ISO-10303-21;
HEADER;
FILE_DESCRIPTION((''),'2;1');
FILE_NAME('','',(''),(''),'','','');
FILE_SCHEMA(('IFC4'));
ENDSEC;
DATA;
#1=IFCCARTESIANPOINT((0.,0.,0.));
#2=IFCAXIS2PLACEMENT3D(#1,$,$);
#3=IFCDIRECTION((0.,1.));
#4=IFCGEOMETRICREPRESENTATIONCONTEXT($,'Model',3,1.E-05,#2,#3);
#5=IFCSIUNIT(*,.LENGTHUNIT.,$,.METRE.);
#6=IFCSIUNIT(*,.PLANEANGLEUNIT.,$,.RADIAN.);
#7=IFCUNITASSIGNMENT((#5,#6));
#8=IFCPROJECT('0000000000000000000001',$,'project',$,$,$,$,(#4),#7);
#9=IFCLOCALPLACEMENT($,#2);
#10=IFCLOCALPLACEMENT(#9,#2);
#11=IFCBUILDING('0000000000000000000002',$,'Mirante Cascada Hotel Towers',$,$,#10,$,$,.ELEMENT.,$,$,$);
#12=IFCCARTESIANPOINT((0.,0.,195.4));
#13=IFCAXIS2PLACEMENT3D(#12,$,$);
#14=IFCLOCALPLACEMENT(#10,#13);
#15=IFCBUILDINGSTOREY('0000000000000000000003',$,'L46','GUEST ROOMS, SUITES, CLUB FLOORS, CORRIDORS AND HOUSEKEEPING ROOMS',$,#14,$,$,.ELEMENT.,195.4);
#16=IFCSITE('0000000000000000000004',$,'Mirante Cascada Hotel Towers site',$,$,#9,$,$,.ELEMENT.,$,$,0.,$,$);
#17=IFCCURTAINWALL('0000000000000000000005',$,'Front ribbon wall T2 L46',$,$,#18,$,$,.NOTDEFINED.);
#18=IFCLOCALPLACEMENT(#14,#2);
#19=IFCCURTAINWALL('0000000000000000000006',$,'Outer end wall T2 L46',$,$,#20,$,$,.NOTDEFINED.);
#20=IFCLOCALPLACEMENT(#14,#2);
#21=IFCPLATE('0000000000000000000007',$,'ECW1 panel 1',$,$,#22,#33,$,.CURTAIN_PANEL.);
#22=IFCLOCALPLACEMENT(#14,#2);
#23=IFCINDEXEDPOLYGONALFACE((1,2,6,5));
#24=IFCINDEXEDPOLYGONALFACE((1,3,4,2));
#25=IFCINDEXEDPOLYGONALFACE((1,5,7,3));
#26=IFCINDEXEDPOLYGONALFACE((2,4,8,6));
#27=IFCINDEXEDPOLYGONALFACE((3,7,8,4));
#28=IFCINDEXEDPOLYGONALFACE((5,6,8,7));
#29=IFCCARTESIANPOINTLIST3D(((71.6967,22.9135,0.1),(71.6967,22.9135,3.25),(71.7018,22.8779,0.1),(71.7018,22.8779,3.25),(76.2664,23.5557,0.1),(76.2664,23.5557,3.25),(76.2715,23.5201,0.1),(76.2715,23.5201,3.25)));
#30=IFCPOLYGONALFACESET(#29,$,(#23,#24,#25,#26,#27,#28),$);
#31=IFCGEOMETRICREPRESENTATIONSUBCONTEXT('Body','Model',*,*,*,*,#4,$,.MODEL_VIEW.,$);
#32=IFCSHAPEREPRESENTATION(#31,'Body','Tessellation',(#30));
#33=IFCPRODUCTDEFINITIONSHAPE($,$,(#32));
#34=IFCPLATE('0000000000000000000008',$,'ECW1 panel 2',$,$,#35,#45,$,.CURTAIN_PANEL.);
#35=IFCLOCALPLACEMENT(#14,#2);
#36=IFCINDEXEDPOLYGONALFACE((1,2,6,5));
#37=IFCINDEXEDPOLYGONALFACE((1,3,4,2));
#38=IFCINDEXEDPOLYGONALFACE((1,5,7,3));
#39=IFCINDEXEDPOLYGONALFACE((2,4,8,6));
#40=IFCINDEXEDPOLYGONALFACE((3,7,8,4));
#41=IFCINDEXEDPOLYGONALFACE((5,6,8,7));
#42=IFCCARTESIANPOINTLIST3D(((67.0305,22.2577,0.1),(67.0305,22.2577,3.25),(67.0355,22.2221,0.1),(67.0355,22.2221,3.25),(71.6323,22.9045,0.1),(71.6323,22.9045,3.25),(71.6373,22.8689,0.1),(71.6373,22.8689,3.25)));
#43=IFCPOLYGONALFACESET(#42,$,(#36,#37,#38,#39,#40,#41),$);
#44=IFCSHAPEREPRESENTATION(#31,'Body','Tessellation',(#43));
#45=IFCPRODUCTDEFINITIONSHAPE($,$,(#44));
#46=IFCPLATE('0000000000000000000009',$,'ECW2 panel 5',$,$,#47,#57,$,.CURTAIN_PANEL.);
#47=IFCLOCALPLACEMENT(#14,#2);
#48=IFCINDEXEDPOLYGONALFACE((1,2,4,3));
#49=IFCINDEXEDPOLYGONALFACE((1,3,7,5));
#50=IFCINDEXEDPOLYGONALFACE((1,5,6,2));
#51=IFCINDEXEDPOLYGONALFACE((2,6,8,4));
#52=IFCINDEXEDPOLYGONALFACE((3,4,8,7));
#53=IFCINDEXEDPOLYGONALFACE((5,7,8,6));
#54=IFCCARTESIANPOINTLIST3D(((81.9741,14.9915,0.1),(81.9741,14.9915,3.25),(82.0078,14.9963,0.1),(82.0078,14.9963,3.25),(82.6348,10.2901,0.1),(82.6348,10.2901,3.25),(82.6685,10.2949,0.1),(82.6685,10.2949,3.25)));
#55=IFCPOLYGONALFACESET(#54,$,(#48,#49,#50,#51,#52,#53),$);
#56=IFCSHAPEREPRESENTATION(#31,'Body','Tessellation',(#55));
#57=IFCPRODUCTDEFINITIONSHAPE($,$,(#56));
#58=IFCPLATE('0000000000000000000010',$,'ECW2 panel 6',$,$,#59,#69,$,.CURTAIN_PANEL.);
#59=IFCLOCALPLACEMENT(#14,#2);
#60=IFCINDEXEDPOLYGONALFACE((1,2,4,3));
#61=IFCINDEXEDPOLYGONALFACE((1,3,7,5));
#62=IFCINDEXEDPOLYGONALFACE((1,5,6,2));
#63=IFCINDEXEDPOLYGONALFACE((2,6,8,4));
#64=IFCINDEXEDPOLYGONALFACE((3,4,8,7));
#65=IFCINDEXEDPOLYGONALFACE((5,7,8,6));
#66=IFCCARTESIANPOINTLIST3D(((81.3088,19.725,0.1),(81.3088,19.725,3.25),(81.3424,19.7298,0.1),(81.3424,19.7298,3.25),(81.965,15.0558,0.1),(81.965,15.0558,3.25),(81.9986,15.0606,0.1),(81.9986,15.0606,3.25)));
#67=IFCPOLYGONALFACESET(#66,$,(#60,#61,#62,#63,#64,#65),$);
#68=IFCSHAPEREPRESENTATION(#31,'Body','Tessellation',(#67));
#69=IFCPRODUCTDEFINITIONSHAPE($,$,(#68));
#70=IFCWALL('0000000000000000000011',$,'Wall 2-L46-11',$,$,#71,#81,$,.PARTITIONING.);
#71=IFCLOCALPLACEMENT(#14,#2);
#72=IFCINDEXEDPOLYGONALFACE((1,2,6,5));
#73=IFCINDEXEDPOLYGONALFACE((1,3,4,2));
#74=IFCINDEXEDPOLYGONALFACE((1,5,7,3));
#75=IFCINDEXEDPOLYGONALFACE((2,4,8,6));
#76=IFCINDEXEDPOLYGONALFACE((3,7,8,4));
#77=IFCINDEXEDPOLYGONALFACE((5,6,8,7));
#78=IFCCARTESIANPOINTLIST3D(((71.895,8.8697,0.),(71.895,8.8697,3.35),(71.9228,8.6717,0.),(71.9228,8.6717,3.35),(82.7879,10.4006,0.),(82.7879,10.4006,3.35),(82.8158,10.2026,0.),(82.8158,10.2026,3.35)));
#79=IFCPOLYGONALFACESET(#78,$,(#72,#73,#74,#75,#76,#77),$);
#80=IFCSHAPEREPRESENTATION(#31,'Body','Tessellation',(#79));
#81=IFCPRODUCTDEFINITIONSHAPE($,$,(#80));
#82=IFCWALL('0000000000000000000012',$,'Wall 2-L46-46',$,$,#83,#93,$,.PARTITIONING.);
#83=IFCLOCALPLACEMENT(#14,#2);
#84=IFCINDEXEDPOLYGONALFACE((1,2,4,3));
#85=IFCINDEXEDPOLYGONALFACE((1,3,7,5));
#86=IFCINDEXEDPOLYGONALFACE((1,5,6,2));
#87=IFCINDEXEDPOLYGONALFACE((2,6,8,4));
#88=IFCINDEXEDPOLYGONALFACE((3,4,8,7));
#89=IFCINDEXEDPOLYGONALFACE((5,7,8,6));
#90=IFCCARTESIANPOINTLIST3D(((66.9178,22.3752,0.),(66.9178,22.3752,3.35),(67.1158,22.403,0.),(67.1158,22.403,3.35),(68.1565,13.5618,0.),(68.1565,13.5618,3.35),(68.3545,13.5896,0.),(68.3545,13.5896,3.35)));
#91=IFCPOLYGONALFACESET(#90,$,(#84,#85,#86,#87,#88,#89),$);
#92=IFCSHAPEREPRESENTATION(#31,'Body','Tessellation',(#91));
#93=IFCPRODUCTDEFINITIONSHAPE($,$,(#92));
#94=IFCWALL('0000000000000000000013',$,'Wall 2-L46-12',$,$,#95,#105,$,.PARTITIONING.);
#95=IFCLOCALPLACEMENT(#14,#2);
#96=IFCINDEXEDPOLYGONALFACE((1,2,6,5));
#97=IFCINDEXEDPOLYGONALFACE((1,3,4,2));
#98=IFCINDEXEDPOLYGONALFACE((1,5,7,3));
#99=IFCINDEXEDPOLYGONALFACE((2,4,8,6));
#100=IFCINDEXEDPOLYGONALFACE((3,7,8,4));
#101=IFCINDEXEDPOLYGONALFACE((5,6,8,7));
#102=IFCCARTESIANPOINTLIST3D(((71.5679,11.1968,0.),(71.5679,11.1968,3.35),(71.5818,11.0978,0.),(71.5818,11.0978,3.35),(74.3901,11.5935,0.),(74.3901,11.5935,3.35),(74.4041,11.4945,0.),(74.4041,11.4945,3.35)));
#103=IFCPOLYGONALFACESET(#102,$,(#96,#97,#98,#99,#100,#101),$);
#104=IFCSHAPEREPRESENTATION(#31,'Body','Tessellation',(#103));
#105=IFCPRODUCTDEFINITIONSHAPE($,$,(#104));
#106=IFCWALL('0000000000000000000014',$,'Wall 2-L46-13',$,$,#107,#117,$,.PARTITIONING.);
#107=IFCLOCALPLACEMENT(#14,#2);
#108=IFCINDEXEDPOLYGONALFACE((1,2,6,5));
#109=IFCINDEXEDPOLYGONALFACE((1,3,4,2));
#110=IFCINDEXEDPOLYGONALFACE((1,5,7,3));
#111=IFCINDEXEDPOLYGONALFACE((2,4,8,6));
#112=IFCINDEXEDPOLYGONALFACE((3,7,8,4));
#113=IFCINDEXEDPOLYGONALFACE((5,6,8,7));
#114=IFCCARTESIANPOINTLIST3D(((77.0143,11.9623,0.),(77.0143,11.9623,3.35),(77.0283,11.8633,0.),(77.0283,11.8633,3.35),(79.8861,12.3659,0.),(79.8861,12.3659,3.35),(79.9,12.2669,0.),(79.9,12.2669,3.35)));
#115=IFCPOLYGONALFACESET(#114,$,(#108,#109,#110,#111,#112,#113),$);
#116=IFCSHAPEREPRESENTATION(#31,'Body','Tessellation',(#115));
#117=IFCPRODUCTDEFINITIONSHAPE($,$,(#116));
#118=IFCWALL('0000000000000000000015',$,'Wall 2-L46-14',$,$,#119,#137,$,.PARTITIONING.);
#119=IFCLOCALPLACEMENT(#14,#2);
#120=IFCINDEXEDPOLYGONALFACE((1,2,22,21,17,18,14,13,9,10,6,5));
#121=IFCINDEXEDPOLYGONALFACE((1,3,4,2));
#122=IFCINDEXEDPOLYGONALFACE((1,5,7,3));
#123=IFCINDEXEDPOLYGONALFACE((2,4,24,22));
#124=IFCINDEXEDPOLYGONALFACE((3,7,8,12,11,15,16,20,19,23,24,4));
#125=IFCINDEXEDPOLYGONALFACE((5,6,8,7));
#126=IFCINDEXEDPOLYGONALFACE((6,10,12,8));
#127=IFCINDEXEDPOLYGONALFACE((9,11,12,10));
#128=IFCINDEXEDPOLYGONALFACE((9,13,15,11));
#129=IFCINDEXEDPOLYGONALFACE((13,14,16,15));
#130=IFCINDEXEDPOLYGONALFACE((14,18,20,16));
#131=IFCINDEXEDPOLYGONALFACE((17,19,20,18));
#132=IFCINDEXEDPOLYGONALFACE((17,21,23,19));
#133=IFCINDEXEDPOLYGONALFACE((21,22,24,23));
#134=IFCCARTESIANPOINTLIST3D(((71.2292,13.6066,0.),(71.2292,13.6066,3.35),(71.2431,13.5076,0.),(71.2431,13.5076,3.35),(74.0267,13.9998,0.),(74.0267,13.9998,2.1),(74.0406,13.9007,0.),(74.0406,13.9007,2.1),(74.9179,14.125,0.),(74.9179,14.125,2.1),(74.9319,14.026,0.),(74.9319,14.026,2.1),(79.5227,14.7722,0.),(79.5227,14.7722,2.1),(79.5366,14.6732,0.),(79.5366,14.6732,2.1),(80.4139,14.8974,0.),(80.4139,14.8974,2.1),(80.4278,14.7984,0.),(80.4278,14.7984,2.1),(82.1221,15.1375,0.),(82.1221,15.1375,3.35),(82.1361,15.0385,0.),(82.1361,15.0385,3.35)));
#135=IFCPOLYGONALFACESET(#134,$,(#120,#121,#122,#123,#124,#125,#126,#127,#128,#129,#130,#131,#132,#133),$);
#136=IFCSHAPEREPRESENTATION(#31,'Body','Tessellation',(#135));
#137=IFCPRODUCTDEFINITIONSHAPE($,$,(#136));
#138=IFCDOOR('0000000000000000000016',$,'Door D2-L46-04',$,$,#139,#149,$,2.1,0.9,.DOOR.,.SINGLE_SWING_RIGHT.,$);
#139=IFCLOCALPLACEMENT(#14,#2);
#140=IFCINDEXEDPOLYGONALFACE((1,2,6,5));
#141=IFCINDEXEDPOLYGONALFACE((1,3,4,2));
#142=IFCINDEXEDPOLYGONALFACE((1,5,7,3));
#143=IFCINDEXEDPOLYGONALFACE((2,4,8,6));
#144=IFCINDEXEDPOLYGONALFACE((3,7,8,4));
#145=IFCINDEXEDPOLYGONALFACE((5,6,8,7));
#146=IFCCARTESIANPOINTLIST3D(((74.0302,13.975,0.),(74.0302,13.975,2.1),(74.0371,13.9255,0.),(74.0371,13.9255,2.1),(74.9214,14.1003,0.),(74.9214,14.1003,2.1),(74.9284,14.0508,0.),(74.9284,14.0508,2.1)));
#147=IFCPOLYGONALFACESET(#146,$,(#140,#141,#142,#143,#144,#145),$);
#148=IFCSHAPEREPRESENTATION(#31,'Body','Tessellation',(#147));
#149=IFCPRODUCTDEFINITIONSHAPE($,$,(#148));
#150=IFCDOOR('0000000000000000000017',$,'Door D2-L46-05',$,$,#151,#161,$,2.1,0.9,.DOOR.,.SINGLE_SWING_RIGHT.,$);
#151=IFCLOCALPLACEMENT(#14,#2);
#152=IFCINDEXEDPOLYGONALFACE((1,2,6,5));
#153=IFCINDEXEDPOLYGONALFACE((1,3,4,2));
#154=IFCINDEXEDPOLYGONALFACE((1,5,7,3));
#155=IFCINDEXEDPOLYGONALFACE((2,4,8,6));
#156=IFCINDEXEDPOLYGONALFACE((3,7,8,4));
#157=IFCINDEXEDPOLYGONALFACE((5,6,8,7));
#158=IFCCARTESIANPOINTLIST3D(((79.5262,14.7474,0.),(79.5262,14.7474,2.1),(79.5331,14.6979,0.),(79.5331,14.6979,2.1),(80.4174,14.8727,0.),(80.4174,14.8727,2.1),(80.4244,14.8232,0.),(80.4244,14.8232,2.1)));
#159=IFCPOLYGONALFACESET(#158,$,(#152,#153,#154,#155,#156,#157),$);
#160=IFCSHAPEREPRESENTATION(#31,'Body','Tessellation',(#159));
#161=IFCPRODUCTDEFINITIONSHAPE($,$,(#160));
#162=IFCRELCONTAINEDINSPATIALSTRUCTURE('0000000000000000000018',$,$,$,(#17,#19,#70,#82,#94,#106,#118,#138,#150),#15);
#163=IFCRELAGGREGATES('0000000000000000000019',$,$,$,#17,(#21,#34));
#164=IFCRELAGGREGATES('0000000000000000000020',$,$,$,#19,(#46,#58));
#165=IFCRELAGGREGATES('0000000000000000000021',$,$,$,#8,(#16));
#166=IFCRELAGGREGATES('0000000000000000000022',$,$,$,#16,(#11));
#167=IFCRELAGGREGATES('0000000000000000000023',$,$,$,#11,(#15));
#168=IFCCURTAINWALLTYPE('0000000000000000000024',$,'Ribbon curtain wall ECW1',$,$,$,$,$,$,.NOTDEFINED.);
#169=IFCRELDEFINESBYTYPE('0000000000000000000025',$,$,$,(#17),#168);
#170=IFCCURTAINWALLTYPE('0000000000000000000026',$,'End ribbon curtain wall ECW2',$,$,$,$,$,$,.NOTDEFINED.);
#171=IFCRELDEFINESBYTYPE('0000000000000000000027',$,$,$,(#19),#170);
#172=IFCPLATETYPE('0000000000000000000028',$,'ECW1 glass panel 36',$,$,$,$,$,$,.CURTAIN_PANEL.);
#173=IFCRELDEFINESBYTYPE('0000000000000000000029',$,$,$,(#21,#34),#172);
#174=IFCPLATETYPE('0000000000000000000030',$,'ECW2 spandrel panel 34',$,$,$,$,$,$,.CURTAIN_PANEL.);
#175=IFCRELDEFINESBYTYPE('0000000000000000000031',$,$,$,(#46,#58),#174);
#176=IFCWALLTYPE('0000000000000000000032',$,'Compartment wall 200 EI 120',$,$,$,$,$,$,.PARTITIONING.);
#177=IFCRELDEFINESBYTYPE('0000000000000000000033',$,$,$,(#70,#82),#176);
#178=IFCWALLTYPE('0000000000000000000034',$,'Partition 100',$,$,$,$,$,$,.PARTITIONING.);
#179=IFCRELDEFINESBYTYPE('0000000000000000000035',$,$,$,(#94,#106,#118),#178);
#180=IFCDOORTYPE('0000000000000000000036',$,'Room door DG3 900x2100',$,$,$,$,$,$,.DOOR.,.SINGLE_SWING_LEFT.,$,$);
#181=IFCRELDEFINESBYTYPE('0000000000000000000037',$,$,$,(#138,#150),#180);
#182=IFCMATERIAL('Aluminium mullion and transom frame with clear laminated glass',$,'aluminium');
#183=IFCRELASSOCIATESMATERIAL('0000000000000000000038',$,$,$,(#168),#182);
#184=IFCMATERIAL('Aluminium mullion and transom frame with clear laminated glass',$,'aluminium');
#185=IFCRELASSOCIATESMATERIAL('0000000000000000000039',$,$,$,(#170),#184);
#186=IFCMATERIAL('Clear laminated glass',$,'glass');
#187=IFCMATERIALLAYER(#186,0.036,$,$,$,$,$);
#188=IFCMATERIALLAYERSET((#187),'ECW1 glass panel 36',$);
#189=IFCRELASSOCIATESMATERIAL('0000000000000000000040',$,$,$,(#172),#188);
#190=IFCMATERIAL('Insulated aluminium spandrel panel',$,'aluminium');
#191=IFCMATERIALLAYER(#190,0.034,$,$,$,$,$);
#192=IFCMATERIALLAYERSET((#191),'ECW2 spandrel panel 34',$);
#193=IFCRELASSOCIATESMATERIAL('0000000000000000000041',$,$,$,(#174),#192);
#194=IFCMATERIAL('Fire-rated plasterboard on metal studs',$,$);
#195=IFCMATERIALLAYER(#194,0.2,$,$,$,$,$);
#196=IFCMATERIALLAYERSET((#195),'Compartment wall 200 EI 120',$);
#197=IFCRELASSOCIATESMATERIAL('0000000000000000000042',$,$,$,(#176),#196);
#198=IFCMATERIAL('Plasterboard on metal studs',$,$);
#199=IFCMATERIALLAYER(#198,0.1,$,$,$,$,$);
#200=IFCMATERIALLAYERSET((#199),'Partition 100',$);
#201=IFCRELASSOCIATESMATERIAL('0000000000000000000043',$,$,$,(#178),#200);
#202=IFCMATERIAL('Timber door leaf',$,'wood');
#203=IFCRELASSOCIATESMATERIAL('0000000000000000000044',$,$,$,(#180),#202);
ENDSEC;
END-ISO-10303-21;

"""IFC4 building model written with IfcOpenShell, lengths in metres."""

from ifc_helpers import new_model, si_unit, direction, frame, frame_2d, origin, origin_2d, place, context, subcontext, project, spatial, rectangle, extrude, material, layer, layer_set, type_object, element, fill, aggregate, save


model = new_model("IFC4")

# Units and contexts
model_context = context("Model", 3, precision=1e-05, world=origin(), true_north=direction((0.0, 1.0)))
body_context = subcontext(model_context, "Body", "Model", "MODEL_VIEW")
ifc_project = project(units=[si_unit("LENGTHUNIT", "METRE"), si_unit("PLANEANGLEUNIT", "RADIAN")], contexts=[model_context])

# Site, building, storey
site_placement = place(None, origin())
site = spatial("IfcSite", under=ifc_project, at=site_placement, Name="Mirante Cascada Hotel Towers site", CompositionType="ELEMENT", RefElevation=0.0)
building_placement = place(site_placement, origin())
building = spatial("IfcBuilding", under=site, at=building_placement, Name="Mirante Cascada Hotel Towers", CompositionType="ELEMENT")
storey_placement = place(building_placement, frame((0.0, 0.0, 195.4)))
storey = spatial("IfcBuildingStorey", under=building, at=storey_placement, Name="L46", Description="GUEST ROOMS, SUITES, CLUB FLOORS, CORRIDORS AND HOUSEKEEPING ROOMS", CompositionType="ELEMENT", Elevation=195.4)

# Curtain walls
ifc_material_1 = material(Name="Aluminium mullion and transom frame with clear laminated glass", Category="aluminium")
curtain_wall_type_1 = type_object("IfcCurtainWallType", Name="Ribbon curtain wall ECW1", PredefinedType="NOTDEFINED", material=ifc_material_1)
curtain_wall_1_placement = place(storey_placement, origin())
curtain_wall_1 = element("IfcCurtainWall", 1, at=curtain_wall_1_placement, inside=storey, type_object=curtain_wall_type_1, Name="Front ribbon wall T2 L46", PredefinedType="NOTDEFINED")
ifc_material_2 = material(Name="Aluminium mullion and transom frame with clear laminated glass", Category="aluminium")
curtain_wall_type_2 = type_object("IfcCurtainWallType", Name="End ribbon curtain wall ECW2", PredefinedType="NOTDEFINED", material=ifc_material_2)
curtain_wall_2_placement = place(storey_placement, origin())
curtain_wall_2 = element("IfcCurtainWall", 2, at=curtain_wall_2_placement, inside=storey, type_object=curtain_wall_type_2, Name="Outer end wall T2 L46", PredefinedType="NOTDEFINED")

# Plates
ifc_material_3 = material(Name="Clear laminated glass", Category="glass")
ifc_layer_1 = layer(ifc_material_3, 0.036)
ifc_layer_set_1 = layer_set([ifc_layer_1], Name="ECW1 glass panel 36")
plate_type_1 = type_object("IfcPlateType", Name="ECW1 glass panel 36", PredefinedType="CURTAIN_PANEL", material=ifc_layer_set_1)
plate_1_placement = place(storey_placement, frame((73.9841, 23.2168, 0.1), z_axis=(0.0, 0.0, 1.0), x_axis=(-0.990268, -0.139173, 0.0)))
plate_1 = element("IfcPlate", 3, at=plate_1_placement, type_object=plate_type_1, Name="ECW1 panel 1", PredefinedType="CURTAIN_PANEL", context=body_context, shape_type="SweptSolid", body=[
    extrude(rectangle(XDim=4.6146, YDim=0.036, at=origin_2d()), origin(), (0.0, 0.0, 1.0), 3.15),
])
plate_2_placement = place(storey_placement, frame((69.3339, 22.5633, 0.1), z_axis=(0.0, 0.0, 1.0), x_axis=(-0.990268, -0.139173, 0.0)))
plate_2 = element("IfcPlate", 4, at=plate_2_placement, type_object=plate_type_1, Name="ECW1 panel 2", PredefinedType="CURTAIN_PANEL", context=body_context, shape_type="SweptSolid", body=[
    extrude(rectangle(XDim=4.6471, YDim=0.036, at=origin_2d()), origin(), (0.0, 0.0, 1.0), 3.15),
])
aggregate(curtain_wall_1, [plate_1, plate_2])
ifc_material_4 = material(Name="Insulated aluminium spandrel panel", Category="aluminium")
ifc_layer_2 = layer(ifc_material_4, 0.034)
ifc_layer_set_2 = layer_set([ifc_layer_2], Name="ECW2 spandrel panel 34")
plate_type_2 = type_object("IfcPlateType", Name="ECW2 spandrel panel 34", PredefinedType="CURTAIN_PANEL", material=ifc_layer_set_2)
plate_3_placement = place(storey_placement, frame((82.3213, 12.6432, 0.1), z_axis=(0.0, 0.0, 1.0), x_axis=(-0.139173, 0.990268, 0.0)))
plate_3 = element("IfcPlate", 5, at=plate_3_placement, type_object=plate_type_2, Name="ECW2 panel 5", PredefinedType="CURTAIN_PANEL", context=body_context, shape_type="SweptSolid", body=[
    extrude(rectangle(XDim=4.7476, YDim=0.034, at=origin_2d()), origin(), (0.0, 0.0, 1.0), 3.15),
])
plate_4_placement = place(storey_placement, frame((81.6537, 17.3928, 0.1), z_axis=(0.0, 0.0, 1.0), x_axis=(-0.139173, 0.990268, 0.0)))
plate_4 = element("IfcPlate", 6, at=plate_4_placement, type_object=plate_type_2, Name="ECW2 panel 6", PredefinedType="CURTAIN_PANEL", context=body_context, shape_type="SweptSolid", body=[
    extrude(rectangle(XDim=4.7151, YDim=0.034, at=origin_2d()), origin(), (0.0, 0.0, 1.0), 3.15),
])
aggregate(curtain_wall_2, [plate_3, plate_4])

# Walls
ifc_material_5 = material(Name="Fire-rated plasterboard on metal studs")
ifc_layer_3 = layer(ifc_material_5, 0.2)
ifc_layer_set_3 = layer_set([ifc_layer_3], Name="Compartment wall 200 EI 120")
wall_type_1 = type_object("IfcWallType", Name="Compartment wall 200 EI 120", PredefinedType="PARTITIONING", material=ifc_layer_set_3)
wall_1_placement = place(storey_placement, frame((71.9089, 8.7707, 0.0), z_axis=(0.0, 0.0, 1.0), x_axis=(0.990268, 0.139173, 0.0)))
element("IfcWall", 7, at=wall_1_placement, inside=storey, type_object=wall_type_1, Name="Wall 2-L46-11", PredefinedType="PARTITIONING", context=body_context, shape_type="SweptSolid", body=[
    extrude(rectangle(XDim=11.0, YDim=0.2, at=frame_2d((5.5, 0.0))), origin(), (0.0, 0.0, 1.0), 3.35),
])
wall_2_placement = place(storey_placement, frame((67.0168, 22.3891, 0.0), z_axis=(0.0, 0.0, 1.0), x_axis=(0.139179, -0.990267, 0.0)))
element("IfcWall", 8, at=wall_2_placement, inside=storey, type_object=wall_type_1, Name="Wall 2-L46-46", PredefinedType="PARTITIONING", context=body_context, shape_type="SweptSolid", body=[
    extrude(rectangle(XDim=8.9, YDim=0.2, at=frame_2d((4.45, 0.0))), origin(), (0.0, 0.0, 1.0), 3.35),
])
ifc_material_6 = material(Name="Plasterboard on metal studs")
ifc_layer_4 = layer(ifc_material_6, 0.1)
ifc_layer_set_4 = layer_set([ifc_layer_4], Name="Partition 100")
wall_type_2 = type_object("IfcWallType", Name="Partition 100", PredefinedType="PARTITIONING", material=ifc_layer_set_4)
wall_3_placement = place(storey_placement, frame((74.3971, 11.544, 0.0), z_axis=(0.0, 0.0, 1.0), x_axis=(-0.990266, -0.139191, 0.0)))
element("IfcWall", 9, at=wall_3_placement, inside=storey, type_object=wall_type_2, Name="Wall 2-L46-12", PredefinedType="PARTITIONING", context=body_context, shape_type="SweptSolid", body=[
    extrude(rectangle(XDim=2.85, YDim=0.1, at=frame_2d((1.425, 0.0))), origin(), (0.0, 0.0, 1.0), 3.35),
])
wall_4_placement = place(storey_placement, frame((77.0213, 11.9128, 0.0), z_axis=(0.0, 0.0, 1.0), x_axis=(0.990268, 0.139171, 0.0)))
element("IfcWall", 10, at=wall_4_placement, inside=storey, type_object=wall_type_2, Name="Wall 2-L46-13", PredefinedType="PARTITIONING", context=body_context, shape_type="SweptSolid", body=[
    extrude(rectangle(XDim=2.9, YDim=0.1, at=frame_2d((1.45, 0.0))), origin(), (0.0, 0.0, 1.0), 3.35),
])

# Wall, openings, doors
wall_5_placement = place(storey_placement, frame((82.1291, 15.088, 0.0), z_axis=(0.0, 0.0, 1.0), x_axis=(-0.990268, -0.139173, 0.0)))
wall_5 = element("IfcWall", 11, at=wall_5_placement, inside=storey, type_object=wall_type_2, Name="Wall 2-L46-14", PredefinedType="PARTITIONING", context=body_context, shape_type="SweptSolid", body=[
    extrude(rectangle(XDim=11.0, YDim=0.1, at=frame_2d((5.5, 0.0))), origin(), (0.0, 0.0, 1.0), 3.35),
])
opening_1_placement = place(wall_5_placement, frame((7.275, 0.0, 0.0)))
opening_1 = element("IfcOpeningElement", 12, at=opening_1_placement, cuts=wall_5, PredefinedType="OPENING", context=body_context, shape_type="SweptSolid", body=[
    extrude(rectangle(XDim=0.9, YDim=2.1, at=frame_2d((0.45, 1.05))), frame((0.0, 0.05, 0.0), z_axis=(0.0, -1.0, 0.0), x_axis=(1.0, 0.0, 0.0)), (0.0, 0.0, 1.0), 0.1),
])
opening_2_placement = place(wall_5_placement, frame((1.725, 0.0, 0.0)))
opening_2 = element("IfcOpeningElement", 13, at=opening_2_placement, cuts=wall_5, PredefinedType="OPENING", context=body_context, shape_type="SweptSolid", body=[
    extrude(rectangle(XDim=0.9, YDim=2.1, at=frame_2d((0.45, 1.05))), frame((0.0, 0.05, 0.0), z_axis=(0.0, -1.0, 0.0), x_axis=(1.0, 0.0, 0.0)), (0.0, 0.0, 1.0), 0.1),
])
ifc_material_7 = material(Name="Timber door leaf", Category="wood")
door_type_1 = type_object("IfcDoorType", Name="Room door DG3 900x2100", OperationType="SINGLE_SWING_LEFT", PredefinedType="DOOR", material=ifc_material_7)
door_1_placement = place(opening_1_placement, frame((0.9, 0.0, 0.0), z_axis=(0.0, 0.0, 1.0), x_axis=(-1.0, 0.0, 0.0)))
door_1 = element("IfcDoor", 14, at=door_1_placement, inside=storey, type_object=door_type_1, Name="Door D2-L46-04", OperationType="SINGLE_SWING_RIGHT", OverallHeight=2.1, OverallWidth=0.9, PredefinedType="DOOR", context=body_context, shape_type="SweptSolid", body=[
    extrude(rectangle(XDim=0.9, YDim=2.1, at=frame_2d((0.45, 1.05))), frame((0.0, 0.025, 0.0), z_axis=(0.0, -1.0, 0.0), x_axis=(1.0, 0.0, 0.0)), (0.0, 0.0, 1.0), 0.05),
])
fill(opening_1, door_1)
door_2_placement = place(opening_2_placement, frame((0.9, 0.0, 0.0), z_axis=(0.0, 0.0, 1.0), x_axis=(-1.0, 0.0, 0.0)))
door_2 = element("IfcDoor", 15, at=door_2_placement, inside=storey, type_object=door_type_1, Name="Door D2-L46-05", OperationType="SINGLE_SWING_RIGHT", OverallHeight=2.1, OverallWidth=0.9, PredefinedType="DOOR", context=body_context, shape_type="SweptSolid", body=[
    extrude(rectangle(XDim=0.9, YDim=2.1, at=frame_2d((0.45, 1.05))), frame((0.0, 0.025, 0.0), z_axis=(0.0, -1.0, 0.0), x_axis=(1.0, 0.0, 0.0)), (0.0, 0.0, 1.0), 0.05),
])
fill(opening_2, door_2)

save(model, "model.ifc")
